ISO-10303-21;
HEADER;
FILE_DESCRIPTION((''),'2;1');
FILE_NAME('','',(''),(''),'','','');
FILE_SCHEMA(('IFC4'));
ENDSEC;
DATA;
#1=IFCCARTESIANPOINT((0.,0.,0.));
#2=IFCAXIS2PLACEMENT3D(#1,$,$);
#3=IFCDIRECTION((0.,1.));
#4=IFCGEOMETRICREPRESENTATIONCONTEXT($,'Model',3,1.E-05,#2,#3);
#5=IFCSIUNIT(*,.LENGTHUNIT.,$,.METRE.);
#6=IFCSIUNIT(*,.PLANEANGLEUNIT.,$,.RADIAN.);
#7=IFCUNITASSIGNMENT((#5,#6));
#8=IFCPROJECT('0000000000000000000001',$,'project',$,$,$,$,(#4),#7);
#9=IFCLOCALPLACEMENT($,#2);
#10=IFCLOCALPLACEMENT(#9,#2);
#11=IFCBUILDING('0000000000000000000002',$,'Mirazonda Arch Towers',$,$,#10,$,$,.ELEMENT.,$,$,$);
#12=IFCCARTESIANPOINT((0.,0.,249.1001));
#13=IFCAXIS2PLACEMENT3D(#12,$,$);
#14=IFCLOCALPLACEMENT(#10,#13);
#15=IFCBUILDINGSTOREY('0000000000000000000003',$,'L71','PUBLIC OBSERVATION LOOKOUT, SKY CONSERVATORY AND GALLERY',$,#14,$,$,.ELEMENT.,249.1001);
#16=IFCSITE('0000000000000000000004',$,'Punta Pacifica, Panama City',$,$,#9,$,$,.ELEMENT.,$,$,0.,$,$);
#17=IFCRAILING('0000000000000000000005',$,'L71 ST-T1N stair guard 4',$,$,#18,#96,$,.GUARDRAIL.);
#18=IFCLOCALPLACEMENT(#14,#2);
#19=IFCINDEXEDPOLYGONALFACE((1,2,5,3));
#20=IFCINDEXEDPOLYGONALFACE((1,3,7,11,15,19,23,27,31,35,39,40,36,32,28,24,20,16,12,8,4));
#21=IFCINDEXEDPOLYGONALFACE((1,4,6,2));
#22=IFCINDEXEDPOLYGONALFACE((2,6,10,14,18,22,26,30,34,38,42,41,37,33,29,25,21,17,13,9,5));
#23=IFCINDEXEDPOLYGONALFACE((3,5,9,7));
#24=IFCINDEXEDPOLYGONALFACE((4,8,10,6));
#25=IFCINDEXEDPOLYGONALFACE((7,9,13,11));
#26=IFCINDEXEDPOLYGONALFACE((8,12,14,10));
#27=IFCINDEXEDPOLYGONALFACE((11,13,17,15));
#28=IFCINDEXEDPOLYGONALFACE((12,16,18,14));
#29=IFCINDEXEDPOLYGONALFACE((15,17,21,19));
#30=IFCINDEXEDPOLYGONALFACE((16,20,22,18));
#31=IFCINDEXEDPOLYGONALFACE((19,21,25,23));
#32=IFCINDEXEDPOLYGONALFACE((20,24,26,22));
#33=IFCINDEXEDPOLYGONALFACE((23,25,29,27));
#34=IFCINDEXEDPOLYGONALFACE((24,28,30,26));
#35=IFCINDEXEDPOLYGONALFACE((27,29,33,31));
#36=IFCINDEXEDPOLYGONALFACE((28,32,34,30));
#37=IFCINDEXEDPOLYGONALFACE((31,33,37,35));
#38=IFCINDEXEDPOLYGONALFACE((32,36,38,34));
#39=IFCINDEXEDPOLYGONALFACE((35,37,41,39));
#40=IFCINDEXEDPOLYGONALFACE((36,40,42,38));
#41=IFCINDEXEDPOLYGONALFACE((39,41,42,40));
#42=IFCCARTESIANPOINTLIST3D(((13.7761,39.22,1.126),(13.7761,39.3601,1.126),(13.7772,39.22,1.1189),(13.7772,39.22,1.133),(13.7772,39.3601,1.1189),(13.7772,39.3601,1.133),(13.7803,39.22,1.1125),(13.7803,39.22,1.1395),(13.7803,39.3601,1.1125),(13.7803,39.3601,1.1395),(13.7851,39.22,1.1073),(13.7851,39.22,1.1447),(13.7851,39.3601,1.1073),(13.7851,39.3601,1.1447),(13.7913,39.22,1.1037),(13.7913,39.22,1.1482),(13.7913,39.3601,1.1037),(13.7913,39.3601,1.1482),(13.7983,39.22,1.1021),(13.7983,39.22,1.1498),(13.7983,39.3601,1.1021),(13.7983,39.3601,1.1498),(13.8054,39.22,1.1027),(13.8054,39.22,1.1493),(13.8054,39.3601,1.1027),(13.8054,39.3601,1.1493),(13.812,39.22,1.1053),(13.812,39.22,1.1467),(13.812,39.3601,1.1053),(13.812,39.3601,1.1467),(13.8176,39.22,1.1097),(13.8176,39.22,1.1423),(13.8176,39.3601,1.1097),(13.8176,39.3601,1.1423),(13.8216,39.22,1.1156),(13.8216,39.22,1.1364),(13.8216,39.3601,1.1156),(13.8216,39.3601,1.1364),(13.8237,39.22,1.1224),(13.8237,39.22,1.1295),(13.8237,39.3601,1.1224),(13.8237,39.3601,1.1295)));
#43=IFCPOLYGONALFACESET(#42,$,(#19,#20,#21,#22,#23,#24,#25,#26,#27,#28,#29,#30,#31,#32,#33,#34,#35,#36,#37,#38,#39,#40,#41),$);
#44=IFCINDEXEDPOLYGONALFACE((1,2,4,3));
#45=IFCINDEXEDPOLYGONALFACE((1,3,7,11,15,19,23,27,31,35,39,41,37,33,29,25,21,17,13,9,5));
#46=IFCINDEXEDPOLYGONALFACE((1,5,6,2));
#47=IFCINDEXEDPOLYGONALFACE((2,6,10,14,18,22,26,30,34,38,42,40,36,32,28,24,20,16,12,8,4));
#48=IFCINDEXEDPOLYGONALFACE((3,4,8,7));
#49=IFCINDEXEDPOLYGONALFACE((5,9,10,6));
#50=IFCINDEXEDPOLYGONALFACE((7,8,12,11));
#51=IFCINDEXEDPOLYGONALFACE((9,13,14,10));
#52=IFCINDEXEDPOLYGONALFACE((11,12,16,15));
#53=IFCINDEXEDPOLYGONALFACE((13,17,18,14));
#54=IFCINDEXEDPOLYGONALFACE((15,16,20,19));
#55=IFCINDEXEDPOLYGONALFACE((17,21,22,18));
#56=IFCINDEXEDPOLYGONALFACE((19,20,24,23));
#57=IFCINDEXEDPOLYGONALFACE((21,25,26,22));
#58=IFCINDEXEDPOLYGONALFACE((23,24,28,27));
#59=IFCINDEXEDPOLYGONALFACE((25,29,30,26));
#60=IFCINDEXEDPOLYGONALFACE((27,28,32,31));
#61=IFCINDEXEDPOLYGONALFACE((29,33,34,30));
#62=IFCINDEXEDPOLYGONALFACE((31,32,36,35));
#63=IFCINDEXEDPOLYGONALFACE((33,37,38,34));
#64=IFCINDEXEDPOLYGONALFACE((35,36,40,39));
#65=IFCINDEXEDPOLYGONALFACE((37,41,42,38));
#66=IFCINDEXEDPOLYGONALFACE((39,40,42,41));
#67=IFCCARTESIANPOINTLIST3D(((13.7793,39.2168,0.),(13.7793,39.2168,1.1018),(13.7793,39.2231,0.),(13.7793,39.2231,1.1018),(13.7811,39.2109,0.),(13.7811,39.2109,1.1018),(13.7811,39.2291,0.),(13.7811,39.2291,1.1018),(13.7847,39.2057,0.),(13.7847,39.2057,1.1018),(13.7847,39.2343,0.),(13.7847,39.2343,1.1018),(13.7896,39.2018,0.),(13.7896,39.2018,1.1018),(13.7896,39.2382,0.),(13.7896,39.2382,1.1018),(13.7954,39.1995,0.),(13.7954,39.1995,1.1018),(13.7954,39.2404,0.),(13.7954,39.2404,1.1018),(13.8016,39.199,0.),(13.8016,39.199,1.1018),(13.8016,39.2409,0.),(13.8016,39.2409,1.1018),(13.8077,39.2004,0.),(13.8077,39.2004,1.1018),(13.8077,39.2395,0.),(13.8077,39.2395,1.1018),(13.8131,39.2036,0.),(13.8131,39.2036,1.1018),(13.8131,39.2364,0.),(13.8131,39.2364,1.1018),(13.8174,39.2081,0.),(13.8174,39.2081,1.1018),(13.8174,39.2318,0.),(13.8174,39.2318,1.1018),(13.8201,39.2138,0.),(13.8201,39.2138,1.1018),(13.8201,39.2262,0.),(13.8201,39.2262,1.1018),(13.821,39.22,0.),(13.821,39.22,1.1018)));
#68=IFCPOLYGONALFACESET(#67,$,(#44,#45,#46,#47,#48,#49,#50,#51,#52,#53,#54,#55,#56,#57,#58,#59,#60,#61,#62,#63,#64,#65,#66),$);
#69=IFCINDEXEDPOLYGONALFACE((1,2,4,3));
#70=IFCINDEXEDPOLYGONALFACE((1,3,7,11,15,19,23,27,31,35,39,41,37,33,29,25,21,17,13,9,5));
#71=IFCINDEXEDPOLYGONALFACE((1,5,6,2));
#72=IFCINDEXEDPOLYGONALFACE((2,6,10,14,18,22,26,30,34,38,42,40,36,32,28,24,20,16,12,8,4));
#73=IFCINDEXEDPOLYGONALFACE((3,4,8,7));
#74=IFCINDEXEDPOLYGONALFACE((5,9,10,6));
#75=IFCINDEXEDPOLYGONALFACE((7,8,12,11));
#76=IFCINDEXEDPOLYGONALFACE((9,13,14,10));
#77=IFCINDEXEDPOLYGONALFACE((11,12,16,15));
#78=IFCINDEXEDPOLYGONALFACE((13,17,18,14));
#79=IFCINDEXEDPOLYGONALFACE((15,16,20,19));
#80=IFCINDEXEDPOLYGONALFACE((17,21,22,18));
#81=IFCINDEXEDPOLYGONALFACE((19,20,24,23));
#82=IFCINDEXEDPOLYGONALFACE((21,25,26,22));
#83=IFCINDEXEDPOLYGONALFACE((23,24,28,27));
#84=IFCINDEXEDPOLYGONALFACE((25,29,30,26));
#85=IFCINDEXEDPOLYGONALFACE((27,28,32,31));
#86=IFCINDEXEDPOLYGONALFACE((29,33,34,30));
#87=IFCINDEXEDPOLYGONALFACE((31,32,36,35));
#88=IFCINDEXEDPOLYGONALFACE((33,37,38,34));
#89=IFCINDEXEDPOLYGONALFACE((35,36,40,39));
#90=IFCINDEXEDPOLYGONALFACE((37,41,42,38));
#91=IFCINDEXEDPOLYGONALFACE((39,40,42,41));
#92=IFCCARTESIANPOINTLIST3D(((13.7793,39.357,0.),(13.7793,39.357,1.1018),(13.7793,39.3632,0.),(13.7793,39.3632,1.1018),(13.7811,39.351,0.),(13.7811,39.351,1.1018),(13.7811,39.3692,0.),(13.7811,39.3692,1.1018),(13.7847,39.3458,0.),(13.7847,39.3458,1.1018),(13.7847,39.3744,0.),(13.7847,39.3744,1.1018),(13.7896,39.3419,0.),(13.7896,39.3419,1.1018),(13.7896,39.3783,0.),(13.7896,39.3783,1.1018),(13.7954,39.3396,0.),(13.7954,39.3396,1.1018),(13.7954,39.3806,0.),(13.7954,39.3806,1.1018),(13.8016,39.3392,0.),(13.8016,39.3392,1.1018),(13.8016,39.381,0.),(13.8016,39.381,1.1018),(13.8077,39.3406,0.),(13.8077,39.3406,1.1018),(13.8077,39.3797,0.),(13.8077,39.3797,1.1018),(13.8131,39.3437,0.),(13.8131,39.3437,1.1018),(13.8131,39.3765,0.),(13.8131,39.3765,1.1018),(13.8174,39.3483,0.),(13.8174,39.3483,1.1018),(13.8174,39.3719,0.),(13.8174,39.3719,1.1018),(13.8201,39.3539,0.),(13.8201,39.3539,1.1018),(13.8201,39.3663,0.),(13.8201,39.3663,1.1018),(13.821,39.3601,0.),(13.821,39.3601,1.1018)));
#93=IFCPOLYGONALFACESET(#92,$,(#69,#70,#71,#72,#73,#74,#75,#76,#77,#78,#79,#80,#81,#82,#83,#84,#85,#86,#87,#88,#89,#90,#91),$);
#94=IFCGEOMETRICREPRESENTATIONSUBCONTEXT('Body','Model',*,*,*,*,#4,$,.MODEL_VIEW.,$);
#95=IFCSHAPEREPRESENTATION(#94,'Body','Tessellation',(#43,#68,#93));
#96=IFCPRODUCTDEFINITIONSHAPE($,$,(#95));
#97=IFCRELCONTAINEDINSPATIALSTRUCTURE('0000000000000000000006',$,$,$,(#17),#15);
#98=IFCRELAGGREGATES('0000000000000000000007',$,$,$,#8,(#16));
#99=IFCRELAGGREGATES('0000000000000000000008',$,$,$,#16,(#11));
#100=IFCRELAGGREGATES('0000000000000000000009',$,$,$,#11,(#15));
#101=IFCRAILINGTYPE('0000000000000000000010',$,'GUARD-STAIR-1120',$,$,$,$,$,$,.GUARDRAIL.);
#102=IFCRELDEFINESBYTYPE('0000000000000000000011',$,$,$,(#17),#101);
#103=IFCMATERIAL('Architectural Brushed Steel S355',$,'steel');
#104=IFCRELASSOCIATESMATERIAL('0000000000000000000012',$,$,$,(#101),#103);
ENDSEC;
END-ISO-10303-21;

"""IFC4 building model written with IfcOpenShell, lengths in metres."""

from ifc_helpers import new_model, si_unit, direction, frame, origin, origin_2d, place, context, subcontext, project, spatial, circle, extrude, material, type_object, element, save


model = new_model("IFC4")

# Units and contexts
model_context = context("Model", 3, precision=1e-05, world=origin(), true_north=direction((0.0, 1.0)))
body_context = subcontext(model_context, "Body", "Model", "MODEL_VIEW")
ifc_project = project(units=[si_unit("LENGTHUNIT", "METRE"), si_unit("PLANEANGLEUNIT", "RADIAN")], contexts=[model_context])

# Site, building, storey
site_placement = place(None, origin())
site = spatial("IfcSite", under=ifc_project, at=site_placement, Name="Punta Pacifica, Panama City", CompositionType="ELEMENT", RefElevation=0.0)
building_placement = place(site_placement, origin())
building = spatial("IfcBuilding", under=site, at=building_placement, Name="Mirazonda Arch Towers", CompositionType="ELEMENT")
storey_placement = place(building_placement, frame((0.0, 0.0, 249.1001)))
storey = spatial("IfcBuildingStorey", under=building, at=storey_placement, Name="L71", Description="PUBLIC OBSERVATION LOOKOUT, SKY CONSERVATORY AND GALLERY", CompositionType="ELEMENT", Elevation=249.1001)

# Shared definitions
ifc_material_1 = material(Name="Architectural Brushed Steel S355", Category="steel")

# Railing
railing_type_1 = type_object("IfcRailingType", Name="GUARD-STAIR-1120", PredefinedType="GUARDRAIL", material=ifc_material_1)
railing_1_placement = place(storey_placement, frame((13.8, 39.22, 0.0)))
element("IfcRailing", 1, at=railing_1_placement, inside=storey, type_object=railing_type_1, Name="L71 ST-T1N stair guard 4", PredefinedType="GUARDRAIL", context=body_context, shape_type="SweptSolid", body=[
    extrude(circle(Radius=0.0239, at=origin_2d()), frame((0.0, 0.0, 1.126), z_axis=(0.0, 1.0, 0.0), x_axis=(-1.0, 0.0, 0.0)), (0.0, 0.0, 1.0), 0.1401),
    extrude(circle(Radius=0.021, at=origin_2d()), origin(), (0.0, 0.0, 1.0), 1.1018),
    extrude(circle(Radius=0.021, at=origin_2d()), frame((0.0, 0.1401, 0.0)), (0.0, 0.0, 1.0), 1.1018),
])

save(model, "model.ifc")
